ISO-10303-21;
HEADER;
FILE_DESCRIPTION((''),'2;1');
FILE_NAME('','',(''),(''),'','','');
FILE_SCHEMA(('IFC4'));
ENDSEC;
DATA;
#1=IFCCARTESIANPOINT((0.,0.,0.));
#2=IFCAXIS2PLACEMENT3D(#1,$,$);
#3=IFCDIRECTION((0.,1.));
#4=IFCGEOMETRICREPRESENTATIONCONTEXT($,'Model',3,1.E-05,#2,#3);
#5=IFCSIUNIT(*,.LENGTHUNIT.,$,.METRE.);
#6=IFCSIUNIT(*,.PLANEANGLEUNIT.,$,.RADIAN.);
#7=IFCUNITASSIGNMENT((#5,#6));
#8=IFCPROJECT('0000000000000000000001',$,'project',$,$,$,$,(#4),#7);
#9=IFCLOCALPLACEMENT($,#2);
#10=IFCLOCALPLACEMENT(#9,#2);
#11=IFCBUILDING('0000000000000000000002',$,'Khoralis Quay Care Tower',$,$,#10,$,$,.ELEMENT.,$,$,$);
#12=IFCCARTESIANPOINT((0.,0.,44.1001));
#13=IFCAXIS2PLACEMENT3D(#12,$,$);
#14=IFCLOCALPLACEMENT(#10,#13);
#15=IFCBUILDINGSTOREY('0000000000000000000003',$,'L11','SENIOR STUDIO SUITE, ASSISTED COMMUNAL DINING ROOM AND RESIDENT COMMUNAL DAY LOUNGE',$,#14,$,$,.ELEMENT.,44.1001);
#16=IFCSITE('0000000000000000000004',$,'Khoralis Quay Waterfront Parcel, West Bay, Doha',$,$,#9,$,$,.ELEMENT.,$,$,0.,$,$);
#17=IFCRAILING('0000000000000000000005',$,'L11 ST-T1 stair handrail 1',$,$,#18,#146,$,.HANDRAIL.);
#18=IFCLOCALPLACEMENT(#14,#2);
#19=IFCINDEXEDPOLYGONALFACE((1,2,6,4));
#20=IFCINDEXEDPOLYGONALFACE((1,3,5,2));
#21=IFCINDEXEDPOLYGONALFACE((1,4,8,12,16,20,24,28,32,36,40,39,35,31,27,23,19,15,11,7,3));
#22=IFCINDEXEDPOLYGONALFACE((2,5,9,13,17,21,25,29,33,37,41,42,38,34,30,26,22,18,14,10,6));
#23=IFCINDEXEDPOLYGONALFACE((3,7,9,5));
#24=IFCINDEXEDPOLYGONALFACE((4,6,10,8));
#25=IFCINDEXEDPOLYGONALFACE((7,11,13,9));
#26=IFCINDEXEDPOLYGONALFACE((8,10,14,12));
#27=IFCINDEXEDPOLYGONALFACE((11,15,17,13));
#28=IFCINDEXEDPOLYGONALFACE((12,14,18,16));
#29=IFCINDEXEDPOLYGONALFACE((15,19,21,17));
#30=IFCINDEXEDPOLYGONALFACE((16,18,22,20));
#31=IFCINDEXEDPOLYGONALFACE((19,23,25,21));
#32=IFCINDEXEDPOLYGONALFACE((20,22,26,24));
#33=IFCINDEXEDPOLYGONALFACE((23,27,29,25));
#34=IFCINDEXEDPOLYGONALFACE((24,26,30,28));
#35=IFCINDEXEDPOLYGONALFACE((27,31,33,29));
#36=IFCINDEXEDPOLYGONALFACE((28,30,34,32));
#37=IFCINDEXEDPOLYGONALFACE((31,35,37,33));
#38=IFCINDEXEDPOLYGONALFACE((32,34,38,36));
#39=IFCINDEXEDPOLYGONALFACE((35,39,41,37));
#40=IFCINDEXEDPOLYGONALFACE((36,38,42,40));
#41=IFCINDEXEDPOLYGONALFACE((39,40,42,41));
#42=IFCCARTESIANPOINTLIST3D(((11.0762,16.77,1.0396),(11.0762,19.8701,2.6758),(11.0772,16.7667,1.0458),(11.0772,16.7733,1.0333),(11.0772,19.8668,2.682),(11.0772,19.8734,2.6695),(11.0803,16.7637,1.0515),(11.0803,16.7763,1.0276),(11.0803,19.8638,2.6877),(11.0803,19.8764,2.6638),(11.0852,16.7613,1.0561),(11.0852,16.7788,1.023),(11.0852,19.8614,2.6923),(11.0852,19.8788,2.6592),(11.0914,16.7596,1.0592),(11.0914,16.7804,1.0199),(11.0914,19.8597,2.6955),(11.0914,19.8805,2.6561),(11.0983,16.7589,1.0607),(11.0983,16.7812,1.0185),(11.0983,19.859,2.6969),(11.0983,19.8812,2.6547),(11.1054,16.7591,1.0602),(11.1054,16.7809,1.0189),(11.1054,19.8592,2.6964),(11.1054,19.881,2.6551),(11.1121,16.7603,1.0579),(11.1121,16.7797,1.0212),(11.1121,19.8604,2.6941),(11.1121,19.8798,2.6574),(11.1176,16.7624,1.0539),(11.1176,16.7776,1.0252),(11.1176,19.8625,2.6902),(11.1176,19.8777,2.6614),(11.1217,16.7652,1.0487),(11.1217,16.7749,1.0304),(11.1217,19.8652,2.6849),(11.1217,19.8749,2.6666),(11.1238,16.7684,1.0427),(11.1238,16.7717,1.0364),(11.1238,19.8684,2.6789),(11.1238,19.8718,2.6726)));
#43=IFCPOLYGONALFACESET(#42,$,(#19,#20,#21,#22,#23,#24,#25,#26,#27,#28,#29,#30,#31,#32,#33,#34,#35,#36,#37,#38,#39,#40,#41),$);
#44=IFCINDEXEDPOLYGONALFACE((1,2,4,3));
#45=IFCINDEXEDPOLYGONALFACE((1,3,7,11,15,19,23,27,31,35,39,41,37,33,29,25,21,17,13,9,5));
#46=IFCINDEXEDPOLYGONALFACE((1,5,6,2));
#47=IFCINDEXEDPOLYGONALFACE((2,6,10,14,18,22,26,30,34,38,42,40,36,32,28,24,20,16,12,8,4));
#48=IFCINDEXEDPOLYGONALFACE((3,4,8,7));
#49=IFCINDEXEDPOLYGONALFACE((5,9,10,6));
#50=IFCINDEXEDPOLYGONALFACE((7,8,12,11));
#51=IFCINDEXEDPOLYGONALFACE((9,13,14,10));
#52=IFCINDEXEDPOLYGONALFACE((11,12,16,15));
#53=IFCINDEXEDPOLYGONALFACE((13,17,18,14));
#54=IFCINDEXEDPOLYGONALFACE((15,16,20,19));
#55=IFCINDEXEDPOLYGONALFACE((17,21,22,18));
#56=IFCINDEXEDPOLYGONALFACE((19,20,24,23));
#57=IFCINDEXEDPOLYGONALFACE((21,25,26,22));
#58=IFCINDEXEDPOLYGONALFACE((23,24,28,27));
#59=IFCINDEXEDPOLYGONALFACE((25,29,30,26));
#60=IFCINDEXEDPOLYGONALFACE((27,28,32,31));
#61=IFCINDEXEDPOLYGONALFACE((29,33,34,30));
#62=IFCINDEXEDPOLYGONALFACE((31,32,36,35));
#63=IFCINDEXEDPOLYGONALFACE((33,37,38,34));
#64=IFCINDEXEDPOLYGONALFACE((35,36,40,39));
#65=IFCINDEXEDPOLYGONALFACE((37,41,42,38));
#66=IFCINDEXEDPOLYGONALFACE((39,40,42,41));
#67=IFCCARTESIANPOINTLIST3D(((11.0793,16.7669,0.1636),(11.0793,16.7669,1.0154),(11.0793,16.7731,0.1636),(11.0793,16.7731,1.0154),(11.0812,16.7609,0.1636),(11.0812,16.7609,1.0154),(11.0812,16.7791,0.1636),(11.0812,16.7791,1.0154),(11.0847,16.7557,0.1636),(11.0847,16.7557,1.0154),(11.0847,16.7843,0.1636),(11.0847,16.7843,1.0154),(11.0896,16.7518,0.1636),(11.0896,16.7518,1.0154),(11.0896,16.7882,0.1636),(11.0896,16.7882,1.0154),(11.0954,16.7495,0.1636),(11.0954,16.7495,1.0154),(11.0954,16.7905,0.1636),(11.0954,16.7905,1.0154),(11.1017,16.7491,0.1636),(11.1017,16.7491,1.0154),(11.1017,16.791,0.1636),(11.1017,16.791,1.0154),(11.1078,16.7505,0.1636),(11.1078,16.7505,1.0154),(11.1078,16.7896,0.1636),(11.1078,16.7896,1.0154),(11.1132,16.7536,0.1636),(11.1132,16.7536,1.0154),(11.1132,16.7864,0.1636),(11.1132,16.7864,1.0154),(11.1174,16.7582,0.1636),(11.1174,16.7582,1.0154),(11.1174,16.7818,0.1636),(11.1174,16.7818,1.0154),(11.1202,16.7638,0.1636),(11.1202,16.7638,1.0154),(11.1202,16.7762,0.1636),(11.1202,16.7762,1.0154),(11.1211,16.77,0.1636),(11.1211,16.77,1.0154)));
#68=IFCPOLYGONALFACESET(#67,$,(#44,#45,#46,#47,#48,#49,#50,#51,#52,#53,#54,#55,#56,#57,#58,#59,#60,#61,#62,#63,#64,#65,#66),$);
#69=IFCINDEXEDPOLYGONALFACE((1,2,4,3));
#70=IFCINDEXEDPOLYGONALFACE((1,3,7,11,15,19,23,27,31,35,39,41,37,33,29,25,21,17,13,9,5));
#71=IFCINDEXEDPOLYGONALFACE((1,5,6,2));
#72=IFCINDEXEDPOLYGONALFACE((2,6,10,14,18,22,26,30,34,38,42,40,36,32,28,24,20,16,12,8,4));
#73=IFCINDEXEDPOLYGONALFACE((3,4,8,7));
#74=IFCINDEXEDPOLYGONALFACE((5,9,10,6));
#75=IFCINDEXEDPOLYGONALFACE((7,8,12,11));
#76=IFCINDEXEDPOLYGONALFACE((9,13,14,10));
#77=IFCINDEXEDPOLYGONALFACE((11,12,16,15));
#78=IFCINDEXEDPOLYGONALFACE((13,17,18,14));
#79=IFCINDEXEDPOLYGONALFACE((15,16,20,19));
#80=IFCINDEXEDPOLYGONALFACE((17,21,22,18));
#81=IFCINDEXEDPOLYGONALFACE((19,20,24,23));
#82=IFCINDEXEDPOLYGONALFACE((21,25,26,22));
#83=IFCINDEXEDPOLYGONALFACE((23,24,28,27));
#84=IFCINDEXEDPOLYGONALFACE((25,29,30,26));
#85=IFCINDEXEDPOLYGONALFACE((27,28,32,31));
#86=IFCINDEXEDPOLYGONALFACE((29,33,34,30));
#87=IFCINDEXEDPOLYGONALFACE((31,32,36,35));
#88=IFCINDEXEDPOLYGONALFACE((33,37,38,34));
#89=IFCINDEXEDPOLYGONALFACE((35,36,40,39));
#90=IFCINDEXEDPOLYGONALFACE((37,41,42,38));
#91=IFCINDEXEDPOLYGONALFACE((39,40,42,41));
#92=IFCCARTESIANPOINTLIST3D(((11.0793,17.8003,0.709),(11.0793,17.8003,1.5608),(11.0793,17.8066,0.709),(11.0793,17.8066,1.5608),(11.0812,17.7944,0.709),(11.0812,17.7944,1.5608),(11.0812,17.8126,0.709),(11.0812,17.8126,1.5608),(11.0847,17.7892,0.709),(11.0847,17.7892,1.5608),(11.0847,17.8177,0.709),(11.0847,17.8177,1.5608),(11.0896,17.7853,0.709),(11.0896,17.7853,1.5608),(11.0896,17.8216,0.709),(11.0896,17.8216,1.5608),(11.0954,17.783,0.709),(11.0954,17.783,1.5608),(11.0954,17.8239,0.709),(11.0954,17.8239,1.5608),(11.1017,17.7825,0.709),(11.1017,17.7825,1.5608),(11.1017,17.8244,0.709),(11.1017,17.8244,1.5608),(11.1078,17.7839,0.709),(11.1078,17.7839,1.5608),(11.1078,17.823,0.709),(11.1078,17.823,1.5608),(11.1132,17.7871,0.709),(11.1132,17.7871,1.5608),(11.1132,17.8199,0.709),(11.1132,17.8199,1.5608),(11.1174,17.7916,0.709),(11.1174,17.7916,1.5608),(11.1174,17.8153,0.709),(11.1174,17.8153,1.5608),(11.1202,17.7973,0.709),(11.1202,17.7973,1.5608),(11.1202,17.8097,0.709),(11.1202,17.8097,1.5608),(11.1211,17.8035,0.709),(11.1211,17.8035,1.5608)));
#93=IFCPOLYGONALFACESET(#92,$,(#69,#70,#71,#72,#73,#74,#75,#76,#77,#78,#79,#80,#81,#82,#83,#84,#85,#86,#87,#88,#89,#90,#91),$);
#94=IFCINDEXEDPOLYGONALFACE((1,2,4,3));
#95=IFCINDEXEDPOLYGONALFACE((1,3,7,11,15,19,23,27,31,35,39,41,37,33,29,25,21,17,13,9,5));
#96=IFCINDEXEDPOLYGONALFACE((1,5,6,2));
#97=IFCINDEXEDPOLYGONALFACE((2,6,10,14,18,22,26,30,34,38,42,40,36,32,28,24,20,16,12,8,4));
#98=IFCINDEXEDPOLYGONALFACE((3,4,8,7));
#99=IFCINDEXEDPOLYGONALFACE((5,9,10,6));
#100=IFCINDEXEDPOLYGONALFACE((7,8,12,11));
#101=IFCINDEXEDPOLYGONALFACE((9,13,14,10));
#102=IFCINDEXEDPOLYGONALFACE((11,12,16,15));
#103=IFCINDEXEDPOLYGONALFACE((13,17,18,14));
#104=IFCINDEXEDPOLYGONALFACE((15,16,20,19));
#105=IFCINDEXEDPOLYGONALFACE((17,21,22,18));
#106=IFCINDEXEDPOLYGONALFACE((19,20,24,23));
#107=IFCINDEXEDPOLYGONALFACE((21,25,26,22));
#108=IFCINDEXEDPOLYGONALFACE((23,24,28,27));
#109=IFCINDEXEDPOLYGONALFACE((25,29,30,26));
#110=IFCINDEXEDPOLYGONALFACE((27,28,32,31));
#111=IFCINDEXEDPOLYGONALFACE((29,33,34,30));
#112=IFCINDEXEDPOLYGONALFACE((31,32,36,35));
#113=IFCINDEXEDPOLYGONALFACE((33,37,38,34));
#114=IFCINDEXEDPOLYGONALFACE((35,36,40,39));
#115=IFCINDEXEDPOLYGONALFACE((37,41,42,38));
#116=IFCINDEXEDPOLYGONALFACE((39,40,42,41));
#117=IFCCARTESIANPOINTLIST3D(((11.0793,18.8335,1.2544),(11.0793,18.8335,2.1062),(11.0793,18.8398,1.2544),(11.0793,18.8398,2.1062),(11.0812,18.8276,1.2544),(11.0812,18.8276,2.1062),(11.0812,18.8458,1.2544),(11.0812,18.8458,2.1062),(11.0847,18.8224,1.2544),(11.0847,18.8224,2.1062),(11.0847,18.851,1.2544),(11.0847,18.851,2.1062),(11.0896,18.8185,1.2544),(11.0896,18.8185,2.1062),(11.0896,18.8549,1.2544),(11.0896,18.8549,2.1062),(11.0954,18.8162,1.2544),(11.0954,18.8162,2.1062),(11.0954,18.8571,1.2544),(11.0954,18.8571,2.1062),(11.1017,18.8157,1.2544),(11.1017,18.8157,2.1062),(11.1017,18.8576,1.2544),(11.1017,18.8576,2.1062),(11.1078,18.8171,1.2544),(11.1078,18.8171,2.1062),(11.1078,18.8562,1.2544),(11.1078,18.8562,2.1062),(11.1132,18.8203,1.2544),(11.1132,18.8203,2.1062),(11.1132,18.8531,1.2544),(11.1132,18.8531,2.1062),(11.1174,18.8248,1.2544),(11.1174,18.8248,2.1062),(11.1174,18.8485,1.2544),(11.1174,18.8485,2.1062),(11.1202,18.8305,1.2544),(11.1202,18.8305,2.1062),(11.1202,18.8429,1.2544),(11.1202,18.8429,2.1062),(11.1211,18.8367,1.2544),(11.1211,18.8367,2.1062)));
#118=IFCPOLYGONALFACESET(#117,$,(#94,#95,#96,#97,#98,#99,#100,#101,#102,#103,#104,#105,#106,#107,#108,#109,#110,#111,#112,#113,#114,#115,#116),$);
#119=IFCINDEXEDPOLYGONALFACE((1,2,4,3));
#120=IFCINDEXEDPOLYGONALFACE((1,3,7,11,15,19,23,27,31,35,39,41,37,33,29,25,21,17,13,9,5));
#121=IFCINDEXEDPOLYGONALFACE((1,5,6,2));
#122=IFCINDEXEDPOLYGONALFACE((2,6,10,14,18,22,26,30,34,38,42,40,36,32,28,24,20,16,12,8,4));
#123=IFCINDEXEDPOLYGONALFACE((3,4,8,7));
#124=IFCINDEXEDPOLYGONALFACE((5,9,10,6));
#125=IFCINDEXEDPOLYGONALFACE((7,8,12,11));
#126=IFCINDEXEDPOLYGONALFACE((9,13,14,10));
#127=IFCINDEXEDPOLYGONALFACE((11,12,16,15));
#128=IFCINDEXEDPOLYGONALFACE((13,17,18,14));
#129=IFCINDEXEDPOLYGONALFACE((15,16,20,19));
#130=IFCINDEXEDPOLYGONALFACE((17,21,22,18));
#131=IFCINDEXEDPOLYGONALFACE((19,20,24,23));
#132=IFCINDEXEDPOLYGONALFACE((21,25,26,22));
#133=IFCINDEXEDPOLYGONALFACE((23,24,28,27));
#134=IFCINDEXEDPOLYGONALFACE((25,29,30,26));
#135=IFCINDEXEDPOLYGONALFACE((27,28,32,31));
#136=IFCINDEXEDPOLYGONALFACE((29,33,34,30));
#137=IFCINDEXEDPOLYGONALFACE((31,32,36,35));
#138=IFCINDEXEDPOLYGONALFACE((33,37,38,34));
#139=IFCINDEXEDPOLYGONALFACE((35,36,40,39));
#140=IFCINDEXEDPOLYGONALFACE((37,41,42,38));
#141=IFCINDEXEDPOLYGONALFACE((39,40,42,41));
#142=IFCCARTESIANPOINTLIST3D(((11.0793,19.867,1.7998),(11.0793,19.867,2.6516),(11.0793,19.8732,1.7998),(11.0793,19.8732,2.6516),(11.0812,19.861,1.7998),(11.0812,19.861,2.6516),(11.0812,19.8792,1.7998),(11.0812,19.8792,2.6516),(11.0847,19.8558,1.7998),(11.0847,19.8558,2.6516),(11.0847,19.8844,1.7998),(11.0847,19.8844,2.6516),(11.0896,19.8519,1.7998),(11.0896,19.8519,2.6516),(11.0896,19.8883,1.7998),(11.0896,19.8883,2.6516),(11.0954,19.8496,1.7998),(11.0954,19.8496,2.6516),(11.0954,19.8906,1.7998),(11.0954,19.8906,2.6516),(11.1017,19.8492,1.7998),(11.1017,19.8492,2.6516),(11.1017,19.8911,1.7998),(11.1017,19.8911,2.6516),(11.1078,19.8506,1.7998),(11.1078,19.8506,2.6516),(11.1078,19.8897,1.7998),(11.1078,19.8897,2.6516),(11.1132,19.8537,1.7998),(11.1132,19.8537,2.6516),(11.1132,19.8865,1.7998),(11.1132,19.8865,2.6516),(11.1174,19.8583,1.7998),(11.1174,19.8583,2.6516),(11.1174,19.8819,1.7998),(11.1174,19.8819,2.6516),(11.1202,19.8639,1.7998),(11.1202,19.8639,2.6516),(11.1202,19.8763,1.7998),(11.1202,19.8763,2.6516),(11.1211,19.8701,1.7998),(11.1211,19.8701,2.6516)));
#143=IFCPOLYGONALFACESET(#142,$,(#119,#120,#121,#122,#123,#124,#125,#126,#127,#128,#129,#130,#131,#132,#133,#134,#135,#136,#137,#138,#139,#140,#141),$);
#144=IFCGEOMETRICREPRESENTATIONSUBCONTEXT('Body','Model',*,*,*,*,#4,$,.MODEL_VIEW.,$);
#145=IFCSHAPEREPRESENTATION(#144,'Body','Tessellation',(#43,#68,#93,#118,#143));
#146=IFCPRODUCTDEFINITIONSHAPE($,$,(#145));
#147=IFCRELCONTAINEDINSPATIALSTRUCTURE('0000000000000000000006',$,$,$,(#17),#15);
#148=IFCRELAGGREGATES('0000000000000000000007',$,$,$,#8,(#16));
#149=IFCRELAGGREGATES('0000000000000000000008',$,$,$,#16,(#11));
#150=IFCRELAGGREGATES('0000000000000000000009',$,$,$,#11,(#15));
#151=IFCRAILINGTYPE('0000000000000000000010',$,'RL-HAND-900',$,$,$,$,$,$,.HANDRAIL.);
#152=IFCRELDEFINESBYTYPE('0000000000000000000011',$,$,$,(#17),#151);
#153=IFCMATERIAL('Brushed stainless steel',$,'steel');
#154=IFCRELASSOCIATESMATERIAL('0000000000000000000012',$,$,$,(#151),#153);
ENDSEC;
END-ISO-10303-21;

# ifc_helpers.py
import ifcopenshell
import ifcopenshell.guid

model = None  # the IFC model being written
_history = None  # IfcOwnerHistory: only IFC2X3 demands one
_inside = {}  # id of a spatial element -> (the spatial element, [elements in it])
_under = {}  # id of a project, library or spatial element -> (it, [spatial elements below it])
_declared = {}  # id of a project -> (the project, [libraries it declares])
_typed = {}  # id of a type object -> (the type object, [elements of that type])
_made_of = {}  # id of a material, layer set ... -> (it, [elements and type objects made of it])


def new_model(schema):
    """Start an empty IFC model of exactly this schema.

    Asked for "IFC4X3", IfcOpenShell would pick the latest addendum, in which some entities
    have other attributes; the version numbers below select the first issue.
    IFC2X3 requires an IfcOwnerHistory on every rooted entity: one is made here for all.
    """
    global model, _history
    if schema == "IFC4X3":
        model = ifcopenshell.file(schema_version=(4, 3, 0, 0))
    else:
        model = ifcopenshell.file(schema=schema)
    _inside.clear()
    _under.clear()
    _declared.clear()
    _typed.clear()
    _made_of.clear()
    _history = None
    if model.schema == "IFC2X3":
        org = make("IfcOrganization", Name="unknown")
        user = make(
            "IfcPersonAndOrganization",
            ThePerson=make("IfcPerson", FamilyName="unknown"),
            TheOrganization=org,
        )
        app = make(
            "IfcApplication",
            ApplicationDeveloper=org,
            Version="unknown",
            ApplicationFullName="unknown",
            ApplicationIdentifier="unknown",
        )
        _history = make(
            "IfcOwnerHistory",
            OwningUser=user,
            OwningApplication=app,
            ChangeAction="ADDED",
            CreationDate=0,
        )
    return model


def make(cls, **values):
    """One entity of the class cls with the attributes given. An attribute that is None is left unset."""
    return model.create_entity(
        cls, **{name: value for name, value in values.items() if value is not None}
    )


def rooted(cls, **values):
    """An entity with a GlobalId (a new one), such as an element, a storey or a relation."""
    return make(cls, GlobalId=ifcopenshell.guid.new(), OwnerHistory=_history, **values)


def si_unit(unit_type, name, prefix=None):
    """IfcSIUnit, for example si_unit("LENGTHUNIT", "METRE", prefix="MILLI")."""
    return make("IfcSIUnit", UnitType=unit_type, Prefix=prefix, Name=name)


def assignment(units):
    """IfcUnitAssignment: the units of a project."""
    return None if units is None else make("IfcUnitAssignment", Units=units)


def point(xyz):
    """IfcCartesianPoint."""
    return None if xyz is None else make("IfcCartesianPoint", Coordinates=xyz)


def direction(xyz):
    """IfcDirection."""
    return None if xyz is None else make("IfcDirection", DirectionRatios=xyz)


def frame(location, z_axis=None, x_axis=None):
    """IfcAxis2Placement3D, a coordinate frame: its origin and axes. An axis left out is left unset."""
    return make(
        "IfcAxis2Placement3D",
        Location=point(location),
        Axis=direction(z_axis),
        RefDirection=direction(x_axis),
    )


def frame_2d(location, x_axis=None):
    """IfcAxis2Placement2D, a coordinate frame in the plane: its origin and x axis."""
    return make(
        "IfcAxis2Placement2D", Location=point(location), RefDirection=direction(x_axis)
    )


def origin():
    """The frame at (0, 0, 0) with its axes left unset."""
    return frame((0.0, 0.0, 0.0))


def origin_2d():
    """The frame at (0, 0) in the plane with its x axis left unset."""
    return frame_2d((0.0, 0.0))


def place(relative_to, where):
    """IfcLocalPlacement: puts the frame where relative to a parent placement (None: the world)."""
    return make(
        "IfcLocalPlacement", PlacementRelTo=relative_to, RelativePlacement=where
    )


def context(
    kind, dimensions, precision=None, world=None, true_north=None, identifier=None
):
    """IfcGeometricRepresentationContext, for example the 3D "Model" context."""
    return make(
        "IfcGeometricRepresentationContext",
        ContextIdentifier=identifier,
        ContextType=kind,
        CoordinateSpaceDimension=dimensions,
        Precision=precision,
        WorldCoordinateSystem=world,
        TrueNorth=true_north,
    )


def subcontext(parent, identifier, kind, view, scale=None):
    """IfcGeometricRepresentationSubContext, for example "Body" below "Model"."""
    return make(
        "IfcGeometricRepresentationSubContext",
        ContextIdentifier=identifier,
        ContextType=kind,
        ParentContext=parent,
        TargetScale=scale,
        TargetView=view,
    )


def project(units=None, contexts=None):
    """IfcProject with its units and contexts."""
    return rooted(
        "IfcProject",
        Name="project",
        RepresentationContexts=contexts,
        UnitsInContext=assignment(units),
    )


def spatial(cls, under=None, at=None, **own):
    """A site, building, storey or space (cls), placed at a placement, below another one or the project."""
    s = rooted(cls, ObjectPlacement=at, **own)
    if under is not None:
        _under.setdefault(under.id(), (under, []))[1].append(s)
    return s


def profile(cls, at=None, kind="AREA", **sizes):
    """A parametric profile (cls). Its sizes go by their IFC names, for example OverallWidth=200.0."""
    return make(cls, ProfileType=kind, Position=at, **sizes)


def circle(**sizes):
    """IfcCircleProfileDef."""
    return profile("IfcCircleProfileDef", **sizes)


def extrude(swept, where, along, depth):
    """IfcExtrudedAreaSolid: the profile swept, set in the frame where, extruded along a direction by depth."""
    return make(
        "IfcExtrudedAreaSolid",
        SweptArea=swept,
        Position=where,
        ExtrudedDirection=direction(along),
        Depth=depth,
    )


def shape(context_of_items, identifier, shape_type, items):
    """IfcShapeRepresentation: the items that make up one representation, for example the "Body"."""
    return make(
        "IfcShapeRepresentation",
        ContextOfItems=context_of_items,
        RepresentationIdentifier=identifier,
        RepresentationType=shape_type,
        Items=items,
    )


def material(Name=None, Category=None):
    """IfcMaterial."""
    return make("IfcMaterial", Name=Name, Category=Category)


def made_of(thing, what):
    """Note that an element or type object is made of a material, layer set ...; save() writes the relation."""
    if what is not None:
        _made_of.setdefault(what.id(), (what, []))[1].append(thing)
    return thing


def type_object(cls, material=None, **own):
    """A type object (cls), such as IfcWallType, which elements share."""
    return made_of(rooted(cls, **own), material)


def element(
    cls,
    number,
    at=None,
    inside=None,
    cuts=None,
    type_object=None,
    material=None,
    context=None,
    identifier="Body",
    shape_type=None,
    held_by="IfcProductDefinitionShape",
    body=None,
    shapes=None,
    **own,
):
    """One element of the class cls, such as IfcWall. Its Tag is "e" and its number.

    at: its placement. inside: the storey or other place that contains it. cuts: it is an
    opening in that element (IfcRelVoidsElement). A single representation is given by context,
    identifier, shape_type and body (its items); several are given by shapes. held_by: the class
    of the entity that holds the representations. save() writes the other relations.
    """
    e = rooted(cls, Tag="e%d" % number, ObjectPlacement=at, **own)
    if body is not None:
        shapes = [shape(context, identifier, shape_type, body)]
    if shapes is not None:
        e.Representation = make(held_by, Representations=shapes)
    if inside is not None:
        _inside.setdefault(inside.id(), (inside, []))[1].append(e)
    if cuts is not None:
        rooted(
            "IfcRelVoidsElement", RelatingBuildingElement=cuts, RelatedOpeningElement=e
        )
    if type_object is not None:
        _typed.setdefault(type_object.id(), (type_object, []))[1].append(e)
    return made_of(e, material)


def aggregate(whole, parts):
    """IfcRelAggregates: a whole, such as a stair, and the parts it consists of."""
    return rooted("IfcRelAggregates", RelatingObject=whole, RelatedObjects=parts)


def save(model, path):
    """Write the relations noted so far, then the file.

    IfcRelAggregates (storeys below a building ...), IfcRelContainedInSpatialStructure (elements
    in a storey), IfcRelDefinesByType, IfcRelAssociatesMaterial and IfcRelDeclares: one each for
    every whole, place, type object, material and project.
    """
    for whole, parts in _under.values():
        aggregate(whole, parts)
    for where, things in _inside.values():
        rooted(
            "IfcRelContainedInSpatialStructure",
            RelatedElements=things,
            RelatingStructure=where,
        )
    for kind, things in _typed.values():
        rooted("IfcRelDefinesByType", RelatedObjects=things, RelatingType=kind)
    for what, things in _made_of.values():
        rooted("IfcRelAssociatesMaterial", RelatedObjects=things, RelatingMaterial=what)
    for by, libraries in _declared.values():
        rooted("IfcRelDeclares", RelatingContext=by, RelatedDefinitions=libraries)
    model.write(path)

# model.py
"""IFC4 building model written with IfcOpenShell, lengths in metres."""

from ifc_helpers import new_model, si_unit, direction, frame, origin, origin_2d, place, context, subcontext, project, spatial, circle, extrude, material, type_object, element, save


model = new_model("IFC4")

# Units and contexts
model_context = context("Model", 3, precision=1e-05, world=origin(), true_north=direction((0.0, 1.0)))
body_context = subcontext(model_context, "Body", "Model", "MODEL_VIEW")
ifc_project = project(units=[si_unit("LENGTHUNIT", "METRE"), si_unit("PLANEANGLEUNIT", "RADIAN")], contexts=[model_context])

# Site, building, storey
site_placement = place(None, origin())
site = spatial("IfcSite", under=ifc_project, at=site_placement, Name="Khoralis Quay Waterfront Parcel, West Bay, Doha", CompositionType="ELEMENT", RefElevation=0.0)
building_placement = place(site_placement, origin())
building = spatial("IfcBuilding", under=site, at=building_placement, Name="Khoralis Quay Care Tower", CompositionType="ELEMENT")
storey_placement = place(building_placement, frame((0.0, 0.0, 44.1001)))
storey = spatial("IfcBuildingStorey", under=building, at=storey_placement, Name="L11", Description="SENIOR STUDIO SUITE, ASSISTED COMMUNAL DINING ROOM AND RESIDENT COMMUNAL DAY LOUNGE", CompositionType="ELEMENT", Elevation=44.1001)

# Shared definitions
ifc_material_1 = material(Name="Brushed stainless steel", Category="steel")

# Railing
railing_type_1 = type_object("IfcRailingType", Name="RL-HAND-900", PredefinedType="HANDRAIL", material=ifc_material_1)
railing_1_placement = place(storey_placement, frame((11.1001, 16.77, 0.1636)))
element("IfcRailing", 1, at=railing_1_placement, inside=storey, type_object=railing_type_1, Name="L11 ST-T1 stair handrail 1", PredefinedType="HANDRAIL", context=body_context, shape_type="SweptSolid", body=[
    extrude(circle(Radius=0.0239, at=origin_2d()), frame((0.0, 0.0, 0.876), z_axis=(0.0, 0.884377, 0.466774), x_axis=(-1.0, 0.0, 0.0)), (0.0, 0.0, 1.0), 3.5054),
    extrude(circle(Radius=0.021, at=origin_2d()), origin(), (0.0, 0.0, 1.0), 0.8518),
    extrude(circle(Radius=0.021, at=origin_2d()), frame((0.0, 1.0334, 0.5454)), (0.0, 0.0, 1.0), 0.8518),
    extrude(circle(Radius=0.021, at=origin_2d()), frame((0.0, 2.0667, 1.0908)), (0.0, 0.0, 1.0), 0.8518),
    extrude(circle(Radius=0.021, at=origin_2d()), frame((0.0, 3.1001, 1.6362)), (0.0, 0.0, 1.0), 0.8518),
])

save(model, "model.ifc")
